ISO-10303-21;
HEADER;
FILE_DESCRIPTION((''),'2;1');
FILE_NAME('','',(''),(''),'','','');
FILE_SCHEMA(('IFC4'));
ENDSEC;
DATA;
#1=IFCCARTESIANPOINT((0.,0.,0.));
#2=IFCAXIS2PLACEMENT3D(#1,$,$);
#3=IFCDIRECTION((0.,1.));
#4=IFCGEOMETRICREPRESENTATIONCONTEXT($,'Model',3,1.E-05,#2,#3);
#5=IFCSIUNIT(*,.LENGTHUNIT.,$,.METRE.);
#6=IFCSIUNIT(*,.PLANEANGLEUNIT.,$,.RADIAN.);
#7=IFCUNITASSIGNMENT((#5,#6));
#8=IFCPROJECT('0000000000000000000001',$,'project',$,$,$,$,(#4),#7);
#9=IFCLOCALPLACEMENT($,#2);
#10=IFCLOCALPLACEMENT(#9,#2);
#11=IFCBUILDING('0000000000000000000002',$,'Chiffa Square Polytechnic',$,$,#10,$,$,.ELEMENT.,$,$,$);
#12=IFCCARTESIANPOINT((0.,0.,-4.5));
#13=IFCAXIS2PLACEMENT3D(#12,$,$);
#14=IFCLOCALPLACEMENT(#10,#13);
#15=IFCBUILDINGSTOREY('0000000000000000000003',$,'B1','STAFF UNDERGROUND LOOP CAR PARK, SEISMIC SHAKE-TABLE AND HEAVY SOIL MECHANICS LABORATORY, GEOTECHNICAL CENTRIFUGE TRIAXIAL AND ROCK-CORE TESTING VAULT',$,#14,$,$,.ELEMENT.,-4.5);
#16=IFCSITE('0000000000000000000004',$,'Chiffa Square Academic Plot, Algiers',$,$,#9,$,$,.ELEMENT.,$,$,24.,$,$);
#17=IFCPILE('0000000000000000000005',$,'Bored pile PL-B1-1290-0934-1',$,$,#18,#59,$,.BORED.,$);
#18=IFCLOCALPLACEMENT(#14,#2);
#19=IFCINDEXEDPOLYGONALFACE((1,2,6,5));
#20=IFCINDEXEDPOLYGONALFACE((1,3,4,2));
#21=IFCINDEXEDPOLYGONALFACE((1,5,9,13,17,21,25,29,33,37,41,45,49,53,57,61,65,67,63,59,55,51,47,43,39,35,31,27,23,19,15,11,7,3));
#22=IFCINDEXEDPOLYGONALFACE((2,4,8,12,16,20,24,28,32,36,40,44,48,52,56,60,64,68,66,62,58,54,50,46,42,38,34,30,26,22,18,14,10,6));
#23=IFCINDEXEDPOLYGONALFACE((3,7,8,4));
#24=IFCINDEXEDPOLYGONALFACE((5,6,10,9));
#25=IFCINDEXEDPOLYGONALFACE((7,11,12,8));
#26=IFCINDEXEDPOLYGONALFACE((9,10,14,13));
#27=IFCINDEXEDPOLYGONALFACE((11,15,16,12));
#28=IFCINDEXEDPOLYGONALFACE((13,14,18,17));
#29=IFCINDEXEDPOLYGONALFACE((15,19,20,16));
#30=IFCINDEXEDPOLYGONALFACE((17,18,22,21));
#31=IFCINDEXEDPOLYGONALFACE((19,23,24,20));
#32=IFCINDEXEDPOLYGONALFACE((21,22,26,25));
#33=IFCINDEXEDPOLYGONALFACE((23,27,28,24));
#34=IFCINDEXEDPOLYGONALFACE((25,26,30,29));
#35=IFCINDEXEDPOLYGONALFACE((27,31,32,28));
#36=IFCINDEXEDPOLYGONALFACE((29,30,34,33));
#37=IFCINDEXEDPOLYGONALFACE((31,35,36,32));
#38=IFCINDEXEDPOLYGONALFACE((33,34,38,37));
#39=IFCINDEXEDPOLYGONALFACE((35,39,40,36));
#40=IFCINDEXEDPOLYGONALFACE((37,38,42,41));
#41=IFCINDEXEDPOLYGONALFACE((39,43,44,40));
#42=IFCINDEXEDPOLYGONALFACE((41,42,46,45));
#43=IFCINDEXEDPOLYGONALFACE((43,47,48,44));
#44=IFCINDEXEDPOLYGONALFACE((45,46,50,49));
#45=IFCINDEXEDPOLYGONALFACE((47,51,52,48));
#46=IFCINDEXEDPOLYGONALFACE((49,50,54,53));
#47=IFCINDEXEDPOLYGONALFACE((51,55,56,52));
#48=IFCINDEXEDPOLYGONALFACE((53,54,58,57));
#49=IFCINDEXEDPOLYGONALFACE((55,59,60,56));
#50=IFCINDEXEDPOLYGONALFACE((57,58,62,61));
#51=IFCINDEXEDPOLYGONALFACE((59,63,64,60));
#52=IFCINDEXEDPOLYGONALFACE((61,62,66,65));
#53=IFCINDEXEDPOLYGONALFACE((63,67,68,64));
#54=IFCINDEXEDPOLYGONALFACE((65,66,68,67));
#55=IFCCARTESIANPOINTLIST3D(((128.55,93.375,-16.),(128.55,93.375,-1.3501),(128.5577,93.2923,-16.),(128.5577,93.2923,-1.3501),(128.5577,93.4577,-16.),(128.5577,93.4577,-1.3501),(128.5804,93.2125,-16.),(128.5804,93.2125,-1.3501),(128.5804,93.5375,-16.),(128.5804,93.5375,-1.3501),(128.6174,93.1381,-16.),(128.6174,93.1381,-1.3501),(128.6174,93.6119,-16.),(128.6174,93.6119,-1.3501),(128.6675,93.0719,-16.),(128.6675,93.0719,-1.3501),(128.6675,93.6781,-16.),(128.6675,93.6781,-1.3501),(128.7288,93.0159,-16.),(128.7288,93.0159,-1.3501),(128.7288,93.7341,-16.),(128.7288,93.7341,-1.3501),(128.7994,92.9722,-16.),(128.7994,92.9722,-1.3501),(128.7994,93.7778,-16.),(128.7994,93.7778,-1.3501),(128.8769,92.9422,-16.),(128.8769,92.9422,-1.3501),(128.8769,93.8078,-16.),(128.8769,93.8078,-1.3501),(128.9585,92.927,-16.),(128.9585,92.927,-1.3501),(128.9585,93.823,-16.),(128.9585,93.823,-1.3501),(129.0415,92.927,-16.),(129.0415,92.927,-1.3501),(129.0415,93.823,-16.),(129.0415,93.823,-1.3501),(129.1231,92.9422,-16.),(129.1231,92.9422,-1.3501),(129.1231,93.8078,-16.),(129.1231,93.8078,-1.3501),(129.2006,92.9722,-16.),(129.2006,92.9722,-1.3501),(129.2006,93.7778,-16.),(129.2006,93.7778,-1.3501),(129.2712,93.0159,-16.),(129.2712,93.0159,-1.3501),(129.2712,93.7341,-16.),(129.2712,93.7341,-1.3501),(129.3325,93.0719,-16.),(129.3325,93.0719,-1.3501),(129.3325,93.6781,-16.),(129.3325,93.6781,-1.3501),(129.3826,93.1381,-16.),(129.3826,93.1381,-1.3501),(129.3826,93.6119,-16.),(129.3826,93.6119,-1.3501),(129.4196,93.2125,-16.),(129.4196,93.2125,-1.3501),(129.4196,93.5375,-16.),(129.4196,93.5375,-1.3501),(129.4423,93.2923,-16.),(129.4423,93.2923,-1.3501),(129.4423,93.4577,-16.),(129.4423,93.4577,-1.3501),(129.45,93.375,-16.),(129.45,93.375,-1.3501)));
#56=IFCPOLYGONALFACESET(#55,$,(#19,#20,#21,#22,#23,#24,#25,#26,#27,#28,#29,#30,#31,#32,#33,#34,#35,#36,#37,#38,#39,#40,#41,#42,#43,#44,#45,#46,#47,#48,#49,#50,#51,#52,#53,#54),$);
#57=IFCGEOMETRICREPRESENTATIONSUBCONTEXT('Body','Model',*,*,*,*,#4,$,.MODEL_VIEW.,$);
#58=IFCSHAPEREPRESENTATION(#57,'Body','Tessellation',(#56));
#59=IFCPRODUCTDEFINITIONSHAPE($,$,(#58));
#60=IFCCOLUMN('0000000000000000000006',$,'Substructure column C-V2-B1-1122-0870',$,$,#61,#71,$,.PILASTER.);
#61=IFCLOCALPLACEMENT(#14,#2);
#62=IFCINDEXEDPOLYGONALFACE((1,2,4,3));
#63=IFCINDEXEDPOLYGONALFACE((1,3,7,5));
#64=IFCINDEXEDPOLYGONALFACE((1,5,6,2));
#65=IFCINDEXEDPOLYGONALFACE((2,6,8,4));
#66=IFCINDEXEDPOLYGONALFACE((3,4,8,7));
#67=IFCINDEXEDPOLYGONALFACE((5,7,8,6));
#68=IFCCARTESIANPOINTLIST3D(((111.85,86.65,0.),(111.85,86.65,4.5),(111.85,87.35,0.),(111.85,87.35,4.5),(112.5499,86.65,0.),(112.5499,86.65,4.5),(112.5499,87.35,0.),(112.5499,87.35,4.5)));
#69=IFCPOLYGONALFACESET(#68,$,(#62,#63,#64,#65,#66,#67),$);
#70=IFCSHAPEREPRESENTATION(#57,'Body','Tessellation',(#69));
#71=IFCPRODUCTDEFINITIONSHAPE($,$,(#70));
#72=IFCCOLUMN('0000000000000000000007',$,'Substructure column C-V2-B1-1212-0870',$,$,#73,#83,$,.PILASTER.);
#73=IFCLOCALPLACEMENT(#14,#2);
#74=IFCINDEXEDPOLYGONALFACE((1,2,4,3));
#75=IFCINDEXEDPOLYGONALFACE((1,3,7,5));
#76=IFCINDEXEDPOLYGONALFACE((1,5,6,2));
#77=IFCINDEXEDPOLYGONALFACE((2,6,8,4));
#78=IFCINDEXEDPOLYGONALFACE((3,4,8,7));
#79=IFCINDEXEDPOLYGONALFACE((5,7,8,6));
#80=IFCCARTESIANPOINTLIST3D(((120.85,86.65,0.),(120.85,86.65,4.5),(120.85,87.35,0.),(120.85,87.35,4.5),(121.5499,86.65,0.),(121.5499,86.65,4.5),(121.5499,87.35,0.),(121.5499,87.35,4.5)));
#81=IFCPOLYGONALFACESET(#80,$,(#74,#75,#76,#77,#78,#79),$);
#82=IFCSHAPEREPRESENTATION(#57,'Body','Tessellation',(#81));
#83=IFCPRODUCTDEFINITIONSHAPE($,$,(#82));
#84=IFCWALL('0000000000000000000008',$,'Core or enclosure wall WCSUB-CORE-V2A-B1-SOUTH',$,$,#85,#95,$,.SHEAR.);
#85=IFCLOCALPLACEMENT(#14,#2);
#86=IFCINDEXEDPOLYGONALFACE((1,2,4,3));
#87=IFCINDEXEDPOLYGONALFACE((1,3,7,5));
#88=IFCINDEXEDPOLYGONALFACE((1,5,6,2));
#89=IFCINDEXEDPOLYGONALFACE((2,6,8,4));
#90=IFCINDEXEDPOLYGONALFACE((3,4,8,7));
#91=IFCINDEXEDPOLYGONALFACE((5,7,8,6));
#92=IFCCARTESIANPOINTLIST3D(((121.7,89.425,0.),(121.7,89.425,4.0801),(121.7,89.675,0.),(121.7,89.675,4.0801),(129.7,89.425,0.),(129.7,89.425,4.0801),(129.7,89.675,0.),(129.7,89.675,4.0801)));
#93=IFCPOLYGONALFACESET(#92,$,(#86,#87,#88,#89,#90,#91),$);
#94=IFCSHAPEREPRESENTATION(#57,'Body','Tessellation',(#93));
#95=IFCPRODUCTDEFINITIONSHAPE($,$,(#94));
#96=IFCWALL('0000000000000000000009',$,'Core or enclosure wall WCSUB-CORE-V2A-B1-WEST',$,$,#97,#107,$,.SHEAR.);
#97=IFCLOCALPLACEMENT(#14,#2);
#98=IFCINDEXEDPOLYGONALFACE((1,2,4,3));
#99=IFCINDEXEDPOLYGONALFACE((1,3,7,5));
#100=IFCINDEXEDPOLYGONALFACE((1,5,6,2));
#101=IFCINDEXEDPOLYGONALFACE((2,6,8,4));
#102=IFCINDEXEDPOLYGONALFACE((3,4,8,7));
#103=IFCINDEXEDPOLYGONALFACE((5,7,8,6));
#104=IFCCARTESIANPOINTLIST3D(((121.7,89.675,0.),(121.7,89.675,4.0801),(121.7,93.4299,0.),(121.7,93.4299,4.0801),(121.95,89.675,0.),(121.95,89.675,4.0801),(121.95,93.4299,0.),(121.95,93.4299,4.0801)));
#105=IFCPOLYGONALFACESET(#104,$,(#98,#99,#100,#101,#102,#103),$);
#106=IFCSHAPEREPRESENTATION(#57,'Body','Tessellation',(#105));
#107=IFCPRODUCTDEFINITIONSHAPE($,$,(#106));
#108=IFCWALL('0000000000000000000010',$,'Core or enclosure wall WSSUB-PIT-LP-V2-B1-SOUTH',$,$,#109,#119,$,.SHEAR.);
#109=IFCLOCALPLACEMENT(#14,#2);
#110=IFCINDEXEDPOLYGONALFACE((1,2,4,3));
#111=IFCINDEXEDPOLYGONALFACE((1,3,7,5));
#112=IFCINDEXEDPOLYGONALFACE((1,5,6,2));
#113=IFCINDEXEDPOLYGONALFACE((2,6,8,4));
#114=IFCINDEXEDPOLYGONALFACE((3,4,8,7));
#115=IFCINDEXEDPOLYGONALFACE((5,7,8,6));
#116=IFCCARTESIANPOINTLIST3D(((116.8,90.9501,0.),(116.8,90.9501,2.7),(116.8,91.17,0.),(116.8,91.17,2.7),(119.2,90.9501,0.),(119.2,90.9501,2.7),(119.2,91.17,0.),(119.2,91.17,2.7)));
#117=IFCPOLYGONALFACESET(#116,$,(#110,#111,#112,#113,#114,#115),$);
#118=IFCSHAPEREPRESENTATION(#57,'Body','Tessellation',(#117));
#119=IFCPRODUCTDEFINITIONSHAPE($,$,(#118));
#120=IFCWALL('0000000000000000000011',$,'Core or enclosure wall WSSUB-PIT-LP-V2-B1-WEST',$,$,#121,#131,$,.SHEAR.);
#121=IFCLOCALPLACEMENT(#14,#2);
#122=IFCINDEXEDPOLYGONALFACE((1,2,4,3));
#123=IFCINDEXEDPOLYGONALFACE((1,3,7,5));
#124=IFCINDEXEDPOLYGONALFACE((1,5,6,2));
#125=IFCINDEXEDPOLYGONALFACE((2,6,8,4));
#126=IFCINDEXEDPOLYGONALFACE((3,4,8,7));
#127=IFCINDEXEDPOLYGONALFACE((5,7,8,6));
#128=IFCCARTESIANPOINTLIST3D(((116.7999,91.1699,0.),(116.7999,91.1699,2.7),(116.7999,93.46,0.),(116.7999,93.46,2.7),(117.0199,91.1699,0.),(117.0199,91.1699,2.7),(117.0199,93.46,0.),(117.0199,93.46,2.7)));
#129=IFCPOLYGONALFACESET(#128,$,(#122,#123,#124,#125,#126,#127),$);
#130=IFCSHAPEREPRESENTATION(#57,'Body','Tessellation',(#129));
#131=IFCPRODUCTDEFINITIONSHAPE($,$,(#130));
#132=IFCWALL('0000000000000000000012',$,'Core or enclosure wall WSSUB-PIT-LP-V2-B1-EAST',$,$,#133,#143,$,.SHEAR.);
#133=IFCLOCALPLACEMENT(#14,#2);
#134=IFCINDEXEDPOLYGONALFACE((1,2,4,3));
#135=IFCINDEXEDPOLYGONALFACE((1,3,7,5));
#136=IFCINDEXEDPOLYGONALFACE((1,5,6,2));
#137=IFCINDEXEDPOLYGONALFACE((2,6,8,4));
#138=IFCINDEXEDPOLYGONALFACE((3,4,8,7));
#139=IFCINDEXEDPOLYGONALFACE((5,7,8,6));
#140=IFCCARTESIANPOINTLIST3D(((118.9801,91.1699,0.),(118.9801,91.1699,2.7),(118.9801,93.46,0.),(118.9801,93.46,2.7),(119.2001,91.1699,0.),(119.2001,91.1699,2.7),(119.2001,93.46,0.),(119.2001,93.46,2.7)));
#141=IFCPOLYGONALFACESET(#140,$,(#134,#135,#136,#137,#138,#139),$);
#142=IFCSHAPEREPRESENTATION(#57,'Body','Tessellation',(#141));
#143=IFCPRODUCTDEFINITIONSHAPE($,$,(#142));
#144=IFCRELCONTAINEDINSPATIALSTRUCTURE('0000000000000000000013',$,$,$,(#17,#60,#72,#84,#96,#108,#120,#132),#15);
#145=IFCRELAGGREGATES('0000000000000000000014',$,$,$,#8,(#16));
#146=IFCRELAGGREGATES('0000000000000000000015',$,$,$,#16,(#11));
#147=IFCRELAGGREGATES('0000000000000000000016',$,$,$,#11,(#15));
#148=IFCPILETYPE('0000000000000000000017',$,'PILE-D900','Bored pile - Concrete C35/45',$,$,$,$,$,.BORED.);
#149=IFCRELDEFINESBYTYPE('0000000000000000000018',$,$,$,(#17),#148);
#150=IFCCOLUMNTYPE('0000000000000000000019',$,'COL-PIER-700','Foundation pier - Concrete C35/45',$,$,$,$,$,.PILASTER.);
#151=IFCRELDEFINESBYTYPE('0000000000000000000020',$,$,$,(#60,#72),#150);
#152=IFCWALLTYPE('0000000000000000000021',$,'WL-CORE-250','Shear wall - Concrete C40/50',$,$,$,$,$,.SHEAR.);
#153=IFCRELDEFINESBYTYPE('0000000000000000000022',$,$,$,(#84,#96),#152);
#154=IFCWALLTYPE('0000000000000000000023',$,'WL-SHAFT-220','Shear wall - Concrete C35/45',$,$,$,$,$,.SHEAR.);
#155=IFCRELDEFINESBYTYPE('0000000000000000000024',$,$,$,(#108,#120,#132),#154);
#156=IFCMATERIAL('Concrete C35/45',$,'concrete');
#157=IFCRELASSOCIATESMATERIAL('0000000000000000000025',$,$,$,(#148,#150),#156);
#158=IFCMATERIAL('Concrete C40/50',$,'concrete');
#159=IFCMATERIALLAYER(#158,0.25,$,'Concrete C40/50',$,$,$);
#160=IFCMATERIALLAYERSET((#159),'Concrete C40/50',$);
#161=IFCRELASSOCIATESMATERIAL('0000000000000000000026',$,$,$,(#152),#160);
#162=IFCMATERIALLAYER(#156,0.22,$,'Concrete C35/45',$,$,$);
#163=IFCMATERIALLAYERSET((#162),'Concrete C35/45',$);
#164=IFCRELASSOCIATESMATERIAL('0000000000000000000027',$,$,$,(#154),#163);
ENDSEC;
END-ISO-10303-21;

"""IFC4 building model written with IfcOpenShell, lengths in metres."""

from ifc_helpers import new_model, si_unit, direction, frame, frame_2d, origin, origin_2d, place, context, subcontext, project, spatial, rectangle, circle, extrude, material, layer, layer_set, material_profile, profile_set, type_object, element, save


model = new_model("IFC4")

# Units and contexts
model_context = context("Model", 3, precision=1e-05, world=origin(), true_north=direction((0.0, 1.0)))
body_context = subcontext(model_context, "Body", "Model", "MODEL_VIEW")
ifc_project = project(units=[si_unit("LENGTHUNIT", "METRE"), si_unit("PLANEANGLEUNIT", "RADIAN")], contexts=[model_context])

# Site, building, storey
site_placement = place(None, origin())
site = spatial("IfcSite", under=ifc_project, at=site_placement, Name="Chiffa Square Academic Plot, Algiers", CompositionType="ELEMENT", RefElevation=24.0)
building_placement = place(site_placement, origin())
building = spatial("IfcBuilding", under=site, at=building_placement, Name="Chiffa Square Polytechnic", CompositionType="ELEMENT")
storey_placement = place(building_placement, frame((0.0, 0.0, -4.5)))
storey = spatial("IfcBuildingStorey", under=building, at=storey_placement, Name="B1", Description="STAFF UNDERGROUND LOOP CAR PARK, SEISMIC SHAKE-TABLE AND HEAVY SOIL MECHANICS LABORATORY, GEOTECHNICAL CENTRIFUGE TRIAXIAL AND ROCK-CORE TESTING VAULT", CompositionType="ELEMENT", Elevation=-4.5)

# Shared definitions
ifc_material_1 = material(Name="Concrete C35/45", Category="concrete")

# Pile
ifc_material_profile_1 = material_profile(ifc_material_1, circle(Radius=0.45, at=origin_2d()), Name="PILE D900")
ifc_profile_set_1 = profile_set([ifc_material_profile_1], Name="Concrete C35/45")
pile_type_1 = type_object("IfcPileType", Name="PILE-D900", Description="Bored pile - Concrete C35/45", PredefinedType="BORED", material=ifc_profile_set_1)
pile_1_placement = place(storey_placement, frame((129.0, 93.375, -1.3501), z_axis=(0.0, 0.0, -1.0), x_axis=(1.0, 0.0, 0.0)))
element("IfcPile", 1, at=pile_1_placement, inside=storey, type_object=pile_type_1, Name="Bored pile PL-B1-1290-0934-1", PredefinedType="BORED", context=body_context, shape_type="SweptSolid", body=[
    extrude(circle(Radius=0.45, at=origin_2d()), origin(), (0.0, 0.0, 1.0), 14.6499),
])

# Columns
ifc_material_profile_2 = material_profile(ifc_material_1, rectangle(XDim=0.7, YDim=0.7, at=origin_2d()), Name="RC 700x700")
ifc_profile_set_2 = profile_set([ifc_material_profile_2], Name="Concrete C35/45")
column_type = type_object("IfcColumnType", Name="COL-PIER-700", Description="Foundation pier - Concrete C35/45", PredefinedType="PILASTER", material=ifc_profile_set_2)
for number, where, z_axis, x_axis, name in (
    (2, (112.2, 87.0, 0.0), (0.0, 0.0, 1.0), (1.0, 0.0, 0.0), "Substructure column C-V2-B1-1122-0870"),
    (3, (121.2, 87.0, 0.0), (0.0, 0.0, 1.0), (1.0, 0.0, 0.0), "Substructure column C-V2-B1-1212-0870"),
):
    element("IfcColumn", number, at=place(storey_placement, frame(where, z_axis=z_axis, x_axis=x_axis)), inside=storey, type_object=column_type, Name=name, PredefinedType="PILASTER", context=body_context, shape_type="SweptSolid", body=[
        extrude(rectangle(XDim=0.7, YDim=0.7, at=origin_2d()), origin(), (0.0, 0.0, 1.0), 4.5),
    ])

# Walls
ifc_material_2 = material(Name="Concrete C40/50", Category="concrete")
ifc_layer_1 = layer(ifc_material_2, 0.25, Name="Concrete C40/50")
ifc_layer_set_1 = layer_set([ifc_layer_1], Name="Concrete C40/50")
wall_type_1 = type_object("IfcWallType", Name="WL-CORE-250", Description="Shear wall - Concrete C40/50", PredefinedType="SHEAR", material=ifc_layer_set_1)
wall_1_placement = place(storey_placement, frame((121.7, 89.55, 0.0), z_axis=(0.0, 0.0, 1.0), x_axis=(1.0, 0.0, 0.0)))
element("IfcWall", 4, at=wall_1_placement, inside=storey, type_object=wall_type_1, Name="Core or enclosure wall WCSUB-CORE-V2A-B1-SOUTH", PredefinedType="SHEAR", context=body_context, shape_type="SweptSolid", body=[
    extrude(rectangle(XDim=8.0, YDim=0.25, at=frame_2d((4.0, 0.0))), origin(), (0.0, 0.0, 1.0), 4.0801),
])
wall_2_placement = place(storey_placement, frame((121.825, 89.675, 0.0), z_axis=(0.0, 0.0, 1.0), x_axis=(0.0, 1.0, 0.0)))
element("IfcWall", 5, at=wall_2_placement, inside=storey, type_object=wall_type_1, Name="Core or enclosure wall WCSUB-CORE-V2A-B1-WEST", PredefinedType="SHEAR", context=body_context, shape_type="SweptSolid", body=[
    extrude(rectangle(XDim=3.7549, YDim=0.25, at=frame_2d((1.8774, 0.0))), origin(), (0.0, 0.0, 1.0), 4.0801),
])
ifc_layer_2 = layer(ifc_material_1, 0.22, Name="Concrete C35/45")
ifc_layer_set_2 = layer_set([ifc_layer_2], Name="Concrete C35/45")
wall_type_2 = type_object("IfcWallType", Name="WL-SHAFT-220", Description="Shear wall - Concrete C35/45", PredefinedType="SHEAR", material=ifc_layer_set_2)
wall_3_placement = place(storey_placement, frame((116.8, 91.0601, 0.0), z_axis=(0.0, 0.0, 1.0), x_axis=(1.0, 0.0, 0.0)))
element("IfcWall", 6, at=wall_3_placement, inside=storey, type_object=wall_type_2, Name="Core or enclosure wall WSSUB-PIT-LP-V2-B1-SOUTH", PredefinedType="SHEAR", context=body_context, shape_type="SweptSolid", body=[
    extrude(rectangle(XDim=2.3999, YDim=0.22, at=frame_2d((1.2, 0.0))), origin(), (0.0, 0.0, 1.0), 2.7),
])
for number, where, z_axis, x_axis, name in (
    (7, (116.9099, 91.1699, 0.0), (0.0, 0.0, 1.0), (0.0, 1.0, 0.0), "Core or enclosure wall WSSUB-PIT-LP-V2-B1-WEST"),
    (8, (119.0901, 91.1699, 0.0), (0.0, 0.0, 1.0), (0.0, 1.0, 0.0), "Core or enclosure wall WSSUB-PIT-LP-V2-B1-EAST"),
):
    element("IfcWall", number, at=place(storey_placement, frame(where, z_axis=z_axis, x_axis=x_axis)), inside=storey, type_object=wall_type_2, Name=name, PredefinedType="SHEAR", context=body_context, shape_type="SweptSolid", body=[
        extrude(rectangle(XDim=2.29, YDim=0.22, at=frame_2d((1.145, 0.0))), origin(), (0.0, 0.0, 1.0), 2.7),
    ])

save(model, "model.ifc")
